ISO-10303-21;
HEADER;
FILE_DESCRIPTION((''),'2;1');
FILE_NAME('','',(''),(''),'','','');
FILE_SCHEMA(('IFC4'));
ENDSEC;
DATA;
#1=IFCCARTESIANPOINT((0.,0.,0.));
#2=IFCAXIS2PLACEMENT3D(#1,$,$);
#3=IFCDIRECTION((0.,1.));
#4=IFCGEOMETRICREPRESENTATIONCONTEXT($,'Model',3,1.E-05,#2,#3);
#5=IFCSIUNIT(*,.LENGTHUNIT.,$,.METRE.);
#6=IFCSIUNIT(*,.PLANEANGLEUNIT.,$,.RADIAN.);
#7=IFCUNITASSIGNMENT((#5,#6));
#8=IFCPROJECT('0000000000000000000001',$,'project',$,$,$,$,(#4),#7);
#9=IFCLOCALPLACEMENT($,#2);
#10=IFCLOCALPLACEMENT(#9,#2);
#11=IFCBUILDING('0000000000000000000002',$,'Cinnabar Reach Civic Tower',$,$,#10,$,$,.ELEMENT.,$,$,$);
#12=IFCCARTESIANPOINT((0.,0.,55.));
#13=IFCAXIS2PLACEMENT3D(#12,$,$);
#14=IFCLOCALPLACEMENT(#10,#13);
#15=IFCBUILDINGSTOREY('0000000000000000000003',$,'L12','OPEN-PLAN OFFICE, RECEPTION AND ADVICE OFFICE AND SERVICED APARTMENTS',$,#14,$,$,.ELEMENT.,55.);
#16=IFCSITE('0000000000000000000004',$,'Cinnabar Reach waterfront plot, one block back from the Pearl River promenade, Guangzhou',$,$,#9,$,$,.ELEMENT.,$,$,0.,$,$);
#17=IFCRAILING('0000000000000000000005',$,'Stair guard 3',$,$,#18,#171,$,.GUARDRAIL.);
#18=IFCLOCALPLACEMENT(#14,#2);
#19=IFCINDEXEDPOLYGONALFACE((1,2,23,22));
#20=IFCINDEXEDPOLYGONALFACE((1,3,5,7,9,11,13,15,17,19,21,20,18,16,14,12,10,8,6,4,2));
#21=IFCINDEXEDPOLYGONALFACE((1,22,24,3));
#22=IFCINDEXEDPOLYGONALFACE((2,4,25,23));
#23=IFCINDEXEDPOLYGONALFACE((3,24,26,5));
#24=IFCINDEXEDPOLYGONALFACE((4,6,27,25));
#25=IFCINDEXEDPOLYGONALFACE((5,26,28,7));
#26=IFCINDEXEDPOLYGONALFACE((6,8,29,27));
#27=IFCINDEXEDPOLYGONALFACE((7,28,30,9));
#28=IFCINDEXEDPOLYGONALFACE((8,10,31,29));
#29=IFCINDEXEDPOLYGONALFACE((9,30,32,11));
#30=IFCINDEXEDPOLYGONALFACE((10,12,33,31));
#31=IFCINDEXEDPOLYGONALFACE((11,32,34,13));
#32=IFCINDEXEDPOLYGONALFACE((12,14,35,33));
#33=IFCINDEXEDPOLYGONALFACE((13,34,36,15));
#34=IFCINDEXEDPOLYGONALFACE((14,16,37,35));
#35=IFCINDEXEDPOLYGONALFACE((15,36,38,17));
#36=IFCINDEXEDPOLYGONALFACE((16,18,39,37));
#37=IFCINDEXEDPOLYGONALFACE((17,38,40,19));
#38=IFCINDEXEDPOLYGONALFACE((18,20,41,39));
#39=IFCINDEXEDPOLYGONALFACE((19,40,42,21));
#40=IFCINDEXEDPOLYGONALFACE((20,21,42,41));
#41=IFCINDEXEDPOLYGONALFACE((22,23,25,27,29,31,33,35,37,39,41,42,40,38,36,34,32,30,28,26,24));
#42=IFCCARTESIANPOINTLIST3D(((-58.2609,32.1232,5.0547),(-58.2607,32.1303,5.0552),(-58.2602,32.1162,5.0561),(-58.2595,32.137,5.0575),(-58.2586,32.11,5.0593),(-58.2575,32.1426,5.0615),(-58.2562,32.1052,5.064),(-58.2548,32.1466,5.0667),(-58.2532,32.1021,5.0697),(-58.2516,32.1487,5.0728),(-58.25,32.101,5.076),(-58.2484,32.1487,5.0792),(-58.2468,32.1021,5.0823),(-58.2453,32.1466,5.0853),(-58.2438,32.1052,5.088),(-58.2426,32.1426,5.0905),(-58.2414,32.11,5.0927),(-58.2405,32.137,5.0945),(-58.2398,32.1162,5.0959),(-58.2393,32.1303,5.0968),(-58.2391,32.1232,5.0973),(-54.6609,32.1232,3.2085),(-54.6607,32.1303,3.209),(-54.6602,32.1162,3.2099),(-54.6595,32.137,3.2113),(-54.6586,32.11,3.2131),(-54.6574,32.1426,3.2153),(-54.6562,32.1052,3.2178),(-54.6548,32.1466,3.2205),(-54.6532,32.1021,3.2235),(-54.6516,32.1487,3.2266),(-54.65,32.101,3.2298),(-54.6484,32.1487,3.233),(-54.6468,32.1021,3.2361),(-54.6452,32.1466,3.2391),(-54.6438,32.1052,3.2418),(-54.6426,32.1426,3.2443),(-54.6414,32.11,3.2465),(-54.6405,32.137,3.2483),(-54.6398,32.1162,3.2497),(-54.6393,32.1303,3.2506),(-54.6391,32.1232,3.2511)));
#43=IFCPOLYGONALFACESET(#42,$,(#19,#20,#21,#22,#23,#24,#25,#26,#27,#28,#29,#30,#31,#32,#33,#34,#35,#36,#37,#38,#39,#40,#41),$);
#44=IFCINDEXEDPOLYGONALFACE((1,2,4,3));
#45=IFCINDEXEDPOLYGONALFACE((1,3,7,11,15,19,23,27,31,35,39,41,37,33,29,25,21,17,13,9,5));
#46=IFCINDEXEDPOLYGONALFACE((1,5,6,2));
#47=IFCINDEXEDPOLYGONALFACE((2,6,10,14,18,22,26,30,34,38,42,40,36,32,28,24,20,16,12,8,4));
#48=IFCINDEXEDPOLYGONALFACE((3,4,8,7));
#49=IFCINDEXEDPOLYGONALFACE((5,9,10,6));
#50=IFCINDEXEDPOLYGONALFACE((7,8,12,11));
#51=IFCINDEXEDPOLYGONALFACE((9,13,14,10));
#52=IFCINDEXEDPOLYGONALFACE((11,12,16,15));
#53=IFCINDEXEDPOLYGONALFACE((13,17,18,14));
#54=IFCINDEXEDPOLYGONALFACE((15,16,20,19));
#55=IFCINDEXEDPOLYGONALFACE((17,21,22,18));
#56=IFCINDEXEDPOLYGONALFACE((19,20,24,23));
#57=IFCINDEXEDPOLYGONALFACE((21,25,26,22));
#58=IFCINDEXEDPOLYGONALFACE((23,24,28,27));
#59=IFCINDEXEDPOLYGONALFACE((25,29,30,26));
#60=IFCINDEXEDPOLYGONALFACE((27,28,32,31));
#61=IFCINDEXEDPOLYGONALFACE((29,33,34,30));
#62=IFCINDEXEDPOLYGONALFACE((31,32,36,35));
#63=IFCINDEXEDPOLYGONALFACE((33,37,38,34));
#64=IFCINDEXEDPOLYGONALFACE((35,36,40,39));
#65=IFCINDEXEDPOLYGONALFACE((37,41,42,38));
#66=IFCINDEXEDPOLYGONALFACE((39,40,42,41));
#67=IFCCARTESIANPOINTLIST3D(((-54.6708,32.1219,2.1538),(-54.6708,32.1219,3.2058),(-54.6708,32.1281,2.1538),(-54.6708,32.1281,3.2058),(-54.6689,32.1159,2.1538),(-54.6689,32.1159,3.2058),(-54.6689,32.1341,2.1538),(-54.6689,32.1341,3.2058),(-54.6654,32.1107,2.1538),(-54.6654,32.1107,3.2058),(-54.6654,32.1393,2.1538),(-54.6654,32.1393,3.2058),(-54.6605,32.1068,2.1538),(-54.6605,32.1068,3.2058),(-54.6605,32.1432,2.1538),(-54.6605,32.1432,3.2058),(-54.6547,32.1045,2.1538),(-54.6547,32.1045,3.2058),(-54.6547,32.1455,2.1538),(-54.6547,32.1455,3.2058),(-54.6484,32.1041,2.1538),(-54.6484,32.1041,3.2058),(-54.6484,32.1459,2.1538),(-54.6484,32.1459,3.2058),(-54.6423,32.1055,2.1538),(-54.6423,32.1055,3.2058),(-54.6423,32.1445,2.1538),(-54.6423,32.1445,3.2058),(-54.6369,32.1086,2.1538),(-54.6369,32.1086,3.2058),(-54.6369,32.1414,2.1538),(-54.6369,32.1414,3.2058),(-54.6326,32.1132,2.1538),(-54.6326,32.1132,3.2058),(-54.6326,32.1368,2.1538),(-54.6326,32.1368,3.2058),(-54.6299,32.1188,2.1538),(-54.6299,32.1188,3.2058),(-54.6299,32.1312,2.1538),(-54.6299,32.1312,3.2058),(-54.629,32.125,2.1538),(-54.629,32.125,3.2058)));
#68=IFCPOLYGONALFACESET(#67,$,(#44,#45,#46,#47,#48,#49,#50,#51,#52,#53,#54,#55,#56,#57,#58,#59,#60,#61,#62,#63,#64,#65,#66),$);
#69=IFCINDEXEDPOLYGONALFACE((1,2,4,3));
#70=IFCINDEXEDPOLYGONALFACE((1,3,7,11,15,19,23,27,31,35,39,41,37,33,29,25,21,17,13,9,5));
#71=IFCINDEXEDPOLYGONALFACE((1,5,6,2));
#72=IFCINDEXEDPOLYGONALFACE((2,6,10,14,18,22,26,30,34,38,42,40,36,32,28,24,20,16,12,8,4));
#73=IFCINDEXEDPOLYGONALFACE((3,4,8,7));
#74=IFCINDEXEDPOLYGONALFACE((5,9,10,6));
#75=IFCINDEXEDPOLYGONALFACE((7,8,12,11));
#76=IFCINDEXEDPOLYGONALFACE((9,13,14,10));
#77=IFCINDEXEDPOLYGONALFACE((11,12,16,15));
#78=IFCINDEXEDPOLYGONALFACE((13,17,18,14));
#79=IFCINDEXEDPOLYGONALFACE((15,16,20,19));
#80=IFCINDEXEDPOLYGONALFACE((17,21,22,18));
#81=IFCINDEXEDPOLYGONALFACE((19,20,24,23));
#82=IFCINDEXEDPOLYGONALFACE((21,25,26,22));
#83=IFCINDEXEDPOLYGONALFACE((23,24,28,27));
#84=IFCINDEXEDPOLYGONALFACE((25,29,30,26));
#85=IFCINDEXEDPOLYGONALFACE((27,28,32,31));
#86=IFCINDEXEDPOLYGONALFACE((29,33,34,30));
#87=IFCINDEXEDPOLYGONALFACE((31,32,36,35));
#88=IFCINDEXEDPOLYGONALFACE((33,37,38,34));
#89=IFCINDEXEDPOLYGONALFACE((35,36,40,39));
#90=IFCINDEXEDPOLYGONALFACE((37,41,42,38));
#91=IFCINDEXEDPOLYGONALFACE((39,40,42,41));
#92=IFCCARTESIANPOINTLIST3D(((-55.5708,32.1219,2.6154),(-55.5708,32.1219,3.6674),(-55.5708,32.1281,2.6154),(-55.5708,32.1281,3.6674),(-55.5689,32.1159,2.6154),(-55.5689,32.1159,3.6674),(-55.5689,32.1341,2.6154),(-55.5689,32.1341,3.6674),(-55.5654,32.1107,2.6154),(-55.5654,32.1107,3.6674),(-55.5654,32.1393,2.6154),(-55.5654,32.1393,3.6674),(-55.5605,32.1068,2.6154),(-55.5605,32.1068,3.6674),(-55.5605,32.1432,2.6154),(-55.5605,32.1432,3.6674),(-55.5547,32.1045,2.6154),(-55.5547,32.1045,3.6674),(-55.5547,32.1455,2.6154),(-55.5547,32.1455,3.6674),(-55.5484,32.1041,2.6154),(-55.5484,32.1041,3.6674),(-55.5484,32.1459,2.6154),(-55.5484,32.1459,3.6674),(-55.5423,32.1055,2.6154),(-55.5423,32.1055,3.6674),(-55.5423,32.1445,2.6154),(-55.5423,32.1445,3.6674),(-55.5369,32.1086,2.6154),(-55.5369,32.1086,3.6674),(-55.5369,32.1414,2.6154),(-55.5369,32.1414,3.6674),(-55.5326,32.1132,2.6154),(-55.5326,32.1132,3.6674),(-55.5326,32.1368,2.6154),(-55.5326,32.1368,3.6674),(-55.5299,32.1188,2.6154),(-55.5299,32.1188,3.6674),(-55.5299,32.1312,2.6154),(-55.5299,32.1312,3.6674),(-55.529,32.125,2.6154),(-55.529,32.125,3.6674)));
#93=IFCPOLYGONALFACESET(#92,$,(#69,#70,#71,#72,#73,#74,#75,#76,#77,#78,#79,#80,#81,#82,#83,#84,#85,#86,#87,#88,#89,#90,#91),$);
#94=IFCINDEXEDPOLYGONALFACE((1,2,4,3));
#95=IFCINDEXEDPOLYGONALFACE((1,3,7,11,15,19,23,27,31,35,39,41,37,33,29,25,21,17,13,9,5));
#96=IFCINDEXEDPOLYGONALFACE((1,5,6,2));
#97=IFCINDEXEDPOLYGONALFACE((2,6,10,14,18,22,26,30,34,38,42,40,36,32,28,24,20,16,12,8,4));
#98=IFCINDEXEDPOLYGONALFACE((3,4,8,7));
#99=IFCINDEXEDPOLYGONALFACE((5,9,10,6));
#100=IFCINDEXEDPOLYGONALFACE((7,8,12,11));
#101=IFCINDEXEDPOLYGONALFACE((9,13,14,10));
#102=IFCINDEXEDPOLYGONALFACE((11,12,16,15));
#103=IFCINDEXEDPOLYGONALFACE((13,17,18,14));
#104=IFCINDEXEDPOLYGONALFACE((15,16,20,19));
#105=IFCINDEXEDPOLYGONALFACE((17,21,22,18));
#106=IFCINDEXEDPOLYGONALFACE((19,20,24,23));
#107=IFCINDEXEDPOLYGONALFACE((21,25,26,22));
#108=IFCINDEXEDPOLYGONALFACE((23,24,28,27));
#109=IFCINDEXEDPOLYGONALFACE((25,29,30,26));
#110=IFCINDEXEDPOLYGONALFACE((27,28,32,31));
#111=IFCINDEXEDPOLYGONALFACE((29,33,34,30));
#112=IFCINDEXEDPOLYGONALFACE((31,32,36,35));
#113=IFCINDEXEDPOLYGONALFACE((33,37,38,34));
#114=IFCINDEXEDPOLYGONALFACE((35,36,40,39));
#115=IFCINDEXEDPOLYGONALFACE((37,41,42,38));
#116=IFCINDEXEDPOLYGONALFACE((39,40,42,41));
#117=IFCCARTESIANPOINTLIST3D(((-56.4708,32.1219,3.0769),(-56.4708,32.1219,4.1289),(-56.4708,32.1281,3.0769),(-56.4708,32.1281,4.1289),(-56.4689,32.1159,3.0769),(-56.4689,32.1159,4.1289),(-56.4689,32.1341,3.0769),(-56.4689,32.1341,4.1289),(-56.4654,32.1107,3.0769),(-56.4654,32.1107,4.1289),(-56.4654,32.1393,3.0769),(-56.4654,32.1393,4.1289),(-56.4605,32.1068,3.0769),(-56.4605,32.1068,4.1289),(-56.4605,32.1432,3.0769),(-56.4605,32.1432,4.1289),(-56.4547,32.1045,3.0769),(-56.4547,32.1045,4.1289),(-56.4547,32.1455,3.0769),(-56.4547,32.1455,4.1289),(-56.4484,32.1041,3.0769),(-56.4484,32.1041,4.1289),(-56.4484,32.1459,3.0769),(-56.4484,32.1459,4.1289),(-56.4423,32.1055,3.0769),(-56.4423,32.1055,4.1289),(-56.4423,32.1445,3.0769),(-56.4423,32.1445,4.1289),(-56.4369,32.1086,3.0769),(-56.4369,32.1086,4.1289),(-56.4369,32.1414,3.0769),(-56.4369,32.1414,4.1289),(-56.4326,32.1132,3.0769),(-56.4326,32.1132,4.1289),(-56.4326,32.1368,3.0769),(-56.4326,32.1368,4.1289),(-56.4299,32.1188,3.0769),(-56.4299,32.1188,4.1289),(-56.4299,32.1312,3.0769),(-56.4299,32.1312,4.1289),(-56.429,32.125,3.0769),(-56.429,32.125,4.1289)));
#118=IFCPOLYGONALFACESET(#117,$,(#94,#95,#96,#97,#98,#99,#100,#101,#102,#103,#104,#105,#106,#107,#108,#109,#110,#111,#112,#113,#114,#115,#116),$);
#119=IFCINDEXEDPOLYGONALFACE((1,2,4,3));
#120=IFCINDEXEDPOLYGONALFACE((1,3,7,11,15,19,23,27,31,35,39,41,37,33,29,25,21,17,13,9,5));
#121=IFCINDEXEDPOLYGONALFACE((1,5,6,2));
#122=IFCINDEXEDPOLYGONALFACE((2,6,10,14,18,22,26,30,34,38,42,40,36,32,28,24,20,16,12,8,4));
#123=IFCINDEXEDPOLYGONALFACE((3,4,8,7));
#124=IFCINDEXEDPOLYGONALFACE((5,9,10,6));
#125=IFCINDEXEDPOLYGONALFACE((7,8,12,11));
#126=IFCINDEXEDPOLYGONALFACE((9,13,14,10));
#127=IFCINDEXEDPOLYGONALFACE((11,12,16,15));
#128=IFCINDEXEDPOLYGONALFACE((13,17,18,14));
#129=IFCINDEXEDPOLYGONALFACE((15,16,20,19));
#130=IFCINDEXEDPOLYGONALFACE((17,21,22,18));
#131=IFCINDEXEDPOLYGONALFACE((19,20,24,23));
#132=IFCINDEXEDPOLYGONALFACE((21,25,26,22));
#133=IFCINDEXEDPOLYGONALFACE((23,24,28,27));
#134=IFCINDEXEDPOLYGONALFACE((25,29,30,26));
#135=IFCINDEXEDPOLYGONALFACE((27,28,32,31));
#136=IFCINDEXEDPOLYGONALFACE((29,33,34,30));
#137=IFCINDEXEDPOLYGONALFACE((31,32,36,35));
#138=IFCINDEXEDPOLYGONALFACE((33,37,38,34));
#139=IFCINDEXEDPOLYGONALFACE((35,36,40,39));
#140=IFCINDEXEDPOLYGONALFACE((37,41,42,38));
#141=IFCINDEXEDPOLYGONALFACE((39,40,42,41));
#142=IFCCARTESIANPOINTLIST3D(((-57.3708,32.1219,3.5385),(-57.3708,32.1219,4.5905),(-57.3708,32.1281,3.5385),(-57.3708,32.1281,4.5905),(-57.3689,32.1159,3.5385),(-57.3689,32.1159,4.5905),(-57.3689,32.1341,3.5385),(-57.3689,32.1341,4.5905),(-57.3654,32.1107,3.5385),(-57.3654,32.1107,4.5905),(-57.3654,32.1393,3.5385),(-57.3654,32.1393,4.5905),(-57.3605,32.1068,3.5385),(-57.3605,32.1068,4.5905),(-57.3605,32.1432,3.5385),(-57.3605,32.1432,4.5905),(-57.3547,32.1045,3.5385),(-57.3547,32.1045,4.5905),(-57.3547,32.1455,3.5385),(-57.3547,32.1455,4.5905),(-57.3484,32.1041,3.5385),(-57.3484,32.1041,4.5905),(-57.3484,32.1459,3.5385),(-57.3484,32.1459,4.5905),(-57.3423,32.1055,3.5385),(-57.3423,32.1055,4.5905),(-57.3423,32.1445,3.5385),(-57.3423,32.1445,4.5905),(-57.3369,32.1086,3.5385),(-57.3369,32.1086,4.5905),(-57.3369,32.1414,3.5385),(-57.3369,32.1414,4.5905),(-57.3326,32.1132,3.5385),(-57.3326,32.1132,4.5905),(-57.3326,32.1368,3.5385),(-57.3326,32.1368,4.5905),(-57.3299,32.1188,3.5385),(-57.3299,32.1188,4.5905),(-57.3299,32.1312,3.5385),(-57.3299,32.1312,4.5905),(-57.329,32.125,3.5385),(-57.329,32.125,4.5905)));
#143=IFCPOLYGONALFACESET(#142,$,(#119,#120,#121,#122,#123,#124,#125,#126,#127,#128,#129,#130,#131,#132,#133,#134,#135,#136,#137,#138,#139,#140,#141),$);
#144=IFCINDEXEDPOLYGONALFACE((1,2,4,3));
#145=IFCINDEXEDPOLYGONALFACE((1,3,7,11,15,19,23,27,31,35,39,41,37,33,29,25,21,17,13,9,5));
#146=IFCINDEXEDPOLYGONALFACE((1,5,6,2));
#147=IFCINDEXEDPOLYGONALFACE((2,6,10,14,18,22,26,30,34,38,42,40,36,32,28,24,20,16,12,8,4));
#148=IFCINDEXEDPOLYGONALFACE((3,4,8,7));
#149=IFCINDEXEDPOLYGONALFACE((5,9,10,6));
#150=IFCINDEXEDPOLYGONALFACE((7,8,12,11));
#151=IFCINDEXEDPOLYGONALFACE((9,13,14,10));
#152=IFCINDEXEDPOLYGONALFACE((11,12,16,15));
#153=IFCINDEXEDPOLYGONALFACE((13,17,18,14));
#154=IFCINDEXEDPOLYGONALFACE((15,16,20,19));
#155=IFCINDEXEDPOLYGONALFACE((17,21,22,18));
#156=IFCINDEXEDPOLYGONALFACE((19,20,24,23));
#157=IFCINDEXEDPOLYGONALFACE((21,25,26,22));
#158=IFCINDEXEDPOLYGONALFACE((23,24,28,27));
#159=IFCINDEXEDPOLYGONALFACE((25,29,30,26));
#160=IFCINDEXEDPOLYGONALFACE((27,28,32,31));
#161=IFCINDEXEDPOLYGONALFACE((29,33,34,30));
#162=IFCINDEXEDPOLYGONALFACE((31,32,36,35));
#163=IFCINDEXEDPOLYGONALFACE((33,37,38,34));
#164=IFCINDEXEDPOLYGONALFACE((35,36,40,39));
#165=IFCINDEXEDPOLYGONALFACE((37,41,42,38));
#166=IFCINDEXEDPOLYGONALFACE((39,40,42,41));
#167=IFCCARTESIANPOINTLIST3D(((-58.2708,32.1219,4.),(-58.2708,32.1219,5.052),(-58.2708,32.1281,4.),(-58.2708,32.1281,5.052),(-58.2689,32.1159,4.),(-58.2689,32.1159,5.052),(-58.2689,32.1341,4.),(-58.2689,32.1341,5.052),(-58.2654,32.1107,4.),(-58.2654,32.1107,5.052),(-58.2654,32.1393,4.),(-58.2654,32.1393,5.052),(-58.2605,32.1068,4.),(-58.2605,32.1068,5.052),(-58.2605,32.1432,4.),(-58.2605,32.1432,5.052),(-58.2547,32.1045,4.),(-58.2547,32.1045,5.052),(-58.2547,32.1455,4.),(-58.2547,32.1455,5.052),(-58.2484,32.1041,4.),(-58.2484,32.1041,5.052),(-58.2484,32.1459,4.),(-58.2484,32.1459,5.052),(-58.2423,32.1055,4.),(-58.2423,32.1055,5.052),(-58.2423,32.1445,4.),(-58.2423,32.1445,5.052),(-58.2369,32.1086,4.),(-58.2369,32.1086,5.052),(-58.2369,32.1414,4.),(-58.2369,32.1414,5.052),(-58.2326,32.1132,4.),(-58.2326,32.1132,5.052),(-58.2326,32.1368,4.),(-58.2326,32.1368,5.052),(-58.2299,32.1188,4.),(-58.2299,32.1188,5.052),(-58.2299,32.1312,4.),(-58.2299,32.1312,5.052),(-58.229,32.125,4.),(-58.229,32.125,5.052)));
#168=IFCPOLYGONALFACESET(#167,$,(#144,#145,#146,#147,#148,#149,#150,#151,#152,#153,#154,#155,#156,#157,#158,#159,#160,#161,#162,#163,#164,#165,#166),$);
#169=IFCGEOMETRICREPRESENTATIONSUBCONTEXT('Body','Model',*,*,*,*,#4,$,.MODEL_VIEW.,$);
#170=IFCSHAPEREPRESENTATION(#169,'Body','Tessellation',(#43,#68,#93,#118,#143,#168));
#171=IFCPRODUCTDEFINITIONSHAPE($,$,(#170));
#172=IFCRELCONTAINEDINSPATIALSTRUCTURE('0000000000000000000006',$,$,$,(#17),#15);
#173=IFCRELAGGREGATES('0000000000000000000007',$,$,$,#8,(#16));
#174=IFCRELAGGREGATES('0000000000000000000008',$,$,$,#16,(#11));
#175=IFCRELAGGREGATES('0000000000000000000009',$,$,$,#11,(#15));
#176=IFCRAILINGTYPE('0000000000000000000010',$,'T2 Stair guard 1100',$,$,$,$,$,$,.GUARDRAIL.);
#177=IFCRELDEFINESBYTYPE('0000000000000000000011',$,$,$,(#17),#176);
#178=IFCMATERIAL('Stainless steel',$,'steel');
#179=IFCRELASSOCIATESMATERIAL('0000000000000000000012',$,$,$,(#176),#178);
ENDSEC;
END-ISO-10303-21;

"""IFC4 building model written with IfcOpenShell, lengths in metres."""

from ifc_helpers import new_model, si_unit, direction, frame, origin, origin_2d, place, context, subcontext, project, spatial, circle, extrude, material, type_object, element, save


model = new_model("IFC4")

# Units and contexts
model_context = context("Model", 3, precision=1e-05, world=origin(), true_north=direction((0.0, 1.0)))
body_context = subcontext(model_context, "Body", "Model", "MODEL_VIEW")
ifc_project = project(units=[si_unit("LENGTHUNIT", "METRE"), si_unit("PLANEANGLEUNIT", "RADIAN")], contexts=[model_context])

# Site, building, storey
site_placement = place(None, origin())
site = spatial("IfcSite", under=ifc_project, at=site_placement, Name="Cinnabar Reach waterfront plot, one block back from the Pearl River promenade, Guangzhou", CompositionType="ELEMENT", RefElevation=0.0)
building_placement = place(site_placement, origin())
building = spatial("IfcBuilding", under=site, at=building_placement, Name="Cinnabar Reach Civic Tower", CompositionType="ELEMENT")
storey_placement = place(building_placement, frame((0.0, 0.0, 55.0)))
storey = spatial("IfcBuildingStorey", under=building, at=storey_placement, Name="L12", Description="OPEN-PLAN OFFICE, RECEPTION AND ADVICE OFFICE AND SERVICED APARTMENTS", CompositionType="ELEMENT", Elevation=55.0)

# Railing
ifc_material_1 = material(Name="Stainless steel", Category="steel")
railing_type = type_object("IfcRailingType", Name="T2 Stair guard 1100", PredefinedType="GUARDRAIL", material=ifc_material_1)
railing_1_placement = place(storey_placement, frame((-54.65, 32.125, 2.1538)))
element("IfcRailing", 1, at=railing_1_placement, inside=storey, type_object=railing_type, Name="Stair guard 3", PredefinedType="GUARDRAIL", context=body_context, shape_type="SweptSolid", body=[
    extrude(circle(Radius=0.024, at=origin_2d()), frame((0.0, 0.0, 1.076), z_axis=(-0.889813, 0.0, 0.456326), x_axis=(0.0, -1.0, 0.0)), (0.0, 0.0, 1.0), 4.0458),
    extrude(circle(Radius=0.021, at=origin_2d()), origin(), (0.0, 0.0, 1.0), 1.052),
    extrude(circle(Radius=0.021, at=origin_2d()), frame((-0.9, 0.0, 0.4616)), (0.0, 0.0, 1.0), 1.052),
    extrude(circle(Radius=0.021, at=origin_2d()), frame((-1.8, 0.0, 0.9231)), (0.0, 0.0, 1.0), 1.052),
    extrude(circle(Radius=0.021, at=origin_2d()), frame((-2.7, 0.0, 1.3847)), (0.0, 0.0, 1.0), 1.052),
    extrude(circle(Radius=0.021, at=origin_2d()), frame((-3.6, 0.0, 1.8462)), (0.0, 0.0, 1.0), 1.052),
])

save(model, "model.ifc")
